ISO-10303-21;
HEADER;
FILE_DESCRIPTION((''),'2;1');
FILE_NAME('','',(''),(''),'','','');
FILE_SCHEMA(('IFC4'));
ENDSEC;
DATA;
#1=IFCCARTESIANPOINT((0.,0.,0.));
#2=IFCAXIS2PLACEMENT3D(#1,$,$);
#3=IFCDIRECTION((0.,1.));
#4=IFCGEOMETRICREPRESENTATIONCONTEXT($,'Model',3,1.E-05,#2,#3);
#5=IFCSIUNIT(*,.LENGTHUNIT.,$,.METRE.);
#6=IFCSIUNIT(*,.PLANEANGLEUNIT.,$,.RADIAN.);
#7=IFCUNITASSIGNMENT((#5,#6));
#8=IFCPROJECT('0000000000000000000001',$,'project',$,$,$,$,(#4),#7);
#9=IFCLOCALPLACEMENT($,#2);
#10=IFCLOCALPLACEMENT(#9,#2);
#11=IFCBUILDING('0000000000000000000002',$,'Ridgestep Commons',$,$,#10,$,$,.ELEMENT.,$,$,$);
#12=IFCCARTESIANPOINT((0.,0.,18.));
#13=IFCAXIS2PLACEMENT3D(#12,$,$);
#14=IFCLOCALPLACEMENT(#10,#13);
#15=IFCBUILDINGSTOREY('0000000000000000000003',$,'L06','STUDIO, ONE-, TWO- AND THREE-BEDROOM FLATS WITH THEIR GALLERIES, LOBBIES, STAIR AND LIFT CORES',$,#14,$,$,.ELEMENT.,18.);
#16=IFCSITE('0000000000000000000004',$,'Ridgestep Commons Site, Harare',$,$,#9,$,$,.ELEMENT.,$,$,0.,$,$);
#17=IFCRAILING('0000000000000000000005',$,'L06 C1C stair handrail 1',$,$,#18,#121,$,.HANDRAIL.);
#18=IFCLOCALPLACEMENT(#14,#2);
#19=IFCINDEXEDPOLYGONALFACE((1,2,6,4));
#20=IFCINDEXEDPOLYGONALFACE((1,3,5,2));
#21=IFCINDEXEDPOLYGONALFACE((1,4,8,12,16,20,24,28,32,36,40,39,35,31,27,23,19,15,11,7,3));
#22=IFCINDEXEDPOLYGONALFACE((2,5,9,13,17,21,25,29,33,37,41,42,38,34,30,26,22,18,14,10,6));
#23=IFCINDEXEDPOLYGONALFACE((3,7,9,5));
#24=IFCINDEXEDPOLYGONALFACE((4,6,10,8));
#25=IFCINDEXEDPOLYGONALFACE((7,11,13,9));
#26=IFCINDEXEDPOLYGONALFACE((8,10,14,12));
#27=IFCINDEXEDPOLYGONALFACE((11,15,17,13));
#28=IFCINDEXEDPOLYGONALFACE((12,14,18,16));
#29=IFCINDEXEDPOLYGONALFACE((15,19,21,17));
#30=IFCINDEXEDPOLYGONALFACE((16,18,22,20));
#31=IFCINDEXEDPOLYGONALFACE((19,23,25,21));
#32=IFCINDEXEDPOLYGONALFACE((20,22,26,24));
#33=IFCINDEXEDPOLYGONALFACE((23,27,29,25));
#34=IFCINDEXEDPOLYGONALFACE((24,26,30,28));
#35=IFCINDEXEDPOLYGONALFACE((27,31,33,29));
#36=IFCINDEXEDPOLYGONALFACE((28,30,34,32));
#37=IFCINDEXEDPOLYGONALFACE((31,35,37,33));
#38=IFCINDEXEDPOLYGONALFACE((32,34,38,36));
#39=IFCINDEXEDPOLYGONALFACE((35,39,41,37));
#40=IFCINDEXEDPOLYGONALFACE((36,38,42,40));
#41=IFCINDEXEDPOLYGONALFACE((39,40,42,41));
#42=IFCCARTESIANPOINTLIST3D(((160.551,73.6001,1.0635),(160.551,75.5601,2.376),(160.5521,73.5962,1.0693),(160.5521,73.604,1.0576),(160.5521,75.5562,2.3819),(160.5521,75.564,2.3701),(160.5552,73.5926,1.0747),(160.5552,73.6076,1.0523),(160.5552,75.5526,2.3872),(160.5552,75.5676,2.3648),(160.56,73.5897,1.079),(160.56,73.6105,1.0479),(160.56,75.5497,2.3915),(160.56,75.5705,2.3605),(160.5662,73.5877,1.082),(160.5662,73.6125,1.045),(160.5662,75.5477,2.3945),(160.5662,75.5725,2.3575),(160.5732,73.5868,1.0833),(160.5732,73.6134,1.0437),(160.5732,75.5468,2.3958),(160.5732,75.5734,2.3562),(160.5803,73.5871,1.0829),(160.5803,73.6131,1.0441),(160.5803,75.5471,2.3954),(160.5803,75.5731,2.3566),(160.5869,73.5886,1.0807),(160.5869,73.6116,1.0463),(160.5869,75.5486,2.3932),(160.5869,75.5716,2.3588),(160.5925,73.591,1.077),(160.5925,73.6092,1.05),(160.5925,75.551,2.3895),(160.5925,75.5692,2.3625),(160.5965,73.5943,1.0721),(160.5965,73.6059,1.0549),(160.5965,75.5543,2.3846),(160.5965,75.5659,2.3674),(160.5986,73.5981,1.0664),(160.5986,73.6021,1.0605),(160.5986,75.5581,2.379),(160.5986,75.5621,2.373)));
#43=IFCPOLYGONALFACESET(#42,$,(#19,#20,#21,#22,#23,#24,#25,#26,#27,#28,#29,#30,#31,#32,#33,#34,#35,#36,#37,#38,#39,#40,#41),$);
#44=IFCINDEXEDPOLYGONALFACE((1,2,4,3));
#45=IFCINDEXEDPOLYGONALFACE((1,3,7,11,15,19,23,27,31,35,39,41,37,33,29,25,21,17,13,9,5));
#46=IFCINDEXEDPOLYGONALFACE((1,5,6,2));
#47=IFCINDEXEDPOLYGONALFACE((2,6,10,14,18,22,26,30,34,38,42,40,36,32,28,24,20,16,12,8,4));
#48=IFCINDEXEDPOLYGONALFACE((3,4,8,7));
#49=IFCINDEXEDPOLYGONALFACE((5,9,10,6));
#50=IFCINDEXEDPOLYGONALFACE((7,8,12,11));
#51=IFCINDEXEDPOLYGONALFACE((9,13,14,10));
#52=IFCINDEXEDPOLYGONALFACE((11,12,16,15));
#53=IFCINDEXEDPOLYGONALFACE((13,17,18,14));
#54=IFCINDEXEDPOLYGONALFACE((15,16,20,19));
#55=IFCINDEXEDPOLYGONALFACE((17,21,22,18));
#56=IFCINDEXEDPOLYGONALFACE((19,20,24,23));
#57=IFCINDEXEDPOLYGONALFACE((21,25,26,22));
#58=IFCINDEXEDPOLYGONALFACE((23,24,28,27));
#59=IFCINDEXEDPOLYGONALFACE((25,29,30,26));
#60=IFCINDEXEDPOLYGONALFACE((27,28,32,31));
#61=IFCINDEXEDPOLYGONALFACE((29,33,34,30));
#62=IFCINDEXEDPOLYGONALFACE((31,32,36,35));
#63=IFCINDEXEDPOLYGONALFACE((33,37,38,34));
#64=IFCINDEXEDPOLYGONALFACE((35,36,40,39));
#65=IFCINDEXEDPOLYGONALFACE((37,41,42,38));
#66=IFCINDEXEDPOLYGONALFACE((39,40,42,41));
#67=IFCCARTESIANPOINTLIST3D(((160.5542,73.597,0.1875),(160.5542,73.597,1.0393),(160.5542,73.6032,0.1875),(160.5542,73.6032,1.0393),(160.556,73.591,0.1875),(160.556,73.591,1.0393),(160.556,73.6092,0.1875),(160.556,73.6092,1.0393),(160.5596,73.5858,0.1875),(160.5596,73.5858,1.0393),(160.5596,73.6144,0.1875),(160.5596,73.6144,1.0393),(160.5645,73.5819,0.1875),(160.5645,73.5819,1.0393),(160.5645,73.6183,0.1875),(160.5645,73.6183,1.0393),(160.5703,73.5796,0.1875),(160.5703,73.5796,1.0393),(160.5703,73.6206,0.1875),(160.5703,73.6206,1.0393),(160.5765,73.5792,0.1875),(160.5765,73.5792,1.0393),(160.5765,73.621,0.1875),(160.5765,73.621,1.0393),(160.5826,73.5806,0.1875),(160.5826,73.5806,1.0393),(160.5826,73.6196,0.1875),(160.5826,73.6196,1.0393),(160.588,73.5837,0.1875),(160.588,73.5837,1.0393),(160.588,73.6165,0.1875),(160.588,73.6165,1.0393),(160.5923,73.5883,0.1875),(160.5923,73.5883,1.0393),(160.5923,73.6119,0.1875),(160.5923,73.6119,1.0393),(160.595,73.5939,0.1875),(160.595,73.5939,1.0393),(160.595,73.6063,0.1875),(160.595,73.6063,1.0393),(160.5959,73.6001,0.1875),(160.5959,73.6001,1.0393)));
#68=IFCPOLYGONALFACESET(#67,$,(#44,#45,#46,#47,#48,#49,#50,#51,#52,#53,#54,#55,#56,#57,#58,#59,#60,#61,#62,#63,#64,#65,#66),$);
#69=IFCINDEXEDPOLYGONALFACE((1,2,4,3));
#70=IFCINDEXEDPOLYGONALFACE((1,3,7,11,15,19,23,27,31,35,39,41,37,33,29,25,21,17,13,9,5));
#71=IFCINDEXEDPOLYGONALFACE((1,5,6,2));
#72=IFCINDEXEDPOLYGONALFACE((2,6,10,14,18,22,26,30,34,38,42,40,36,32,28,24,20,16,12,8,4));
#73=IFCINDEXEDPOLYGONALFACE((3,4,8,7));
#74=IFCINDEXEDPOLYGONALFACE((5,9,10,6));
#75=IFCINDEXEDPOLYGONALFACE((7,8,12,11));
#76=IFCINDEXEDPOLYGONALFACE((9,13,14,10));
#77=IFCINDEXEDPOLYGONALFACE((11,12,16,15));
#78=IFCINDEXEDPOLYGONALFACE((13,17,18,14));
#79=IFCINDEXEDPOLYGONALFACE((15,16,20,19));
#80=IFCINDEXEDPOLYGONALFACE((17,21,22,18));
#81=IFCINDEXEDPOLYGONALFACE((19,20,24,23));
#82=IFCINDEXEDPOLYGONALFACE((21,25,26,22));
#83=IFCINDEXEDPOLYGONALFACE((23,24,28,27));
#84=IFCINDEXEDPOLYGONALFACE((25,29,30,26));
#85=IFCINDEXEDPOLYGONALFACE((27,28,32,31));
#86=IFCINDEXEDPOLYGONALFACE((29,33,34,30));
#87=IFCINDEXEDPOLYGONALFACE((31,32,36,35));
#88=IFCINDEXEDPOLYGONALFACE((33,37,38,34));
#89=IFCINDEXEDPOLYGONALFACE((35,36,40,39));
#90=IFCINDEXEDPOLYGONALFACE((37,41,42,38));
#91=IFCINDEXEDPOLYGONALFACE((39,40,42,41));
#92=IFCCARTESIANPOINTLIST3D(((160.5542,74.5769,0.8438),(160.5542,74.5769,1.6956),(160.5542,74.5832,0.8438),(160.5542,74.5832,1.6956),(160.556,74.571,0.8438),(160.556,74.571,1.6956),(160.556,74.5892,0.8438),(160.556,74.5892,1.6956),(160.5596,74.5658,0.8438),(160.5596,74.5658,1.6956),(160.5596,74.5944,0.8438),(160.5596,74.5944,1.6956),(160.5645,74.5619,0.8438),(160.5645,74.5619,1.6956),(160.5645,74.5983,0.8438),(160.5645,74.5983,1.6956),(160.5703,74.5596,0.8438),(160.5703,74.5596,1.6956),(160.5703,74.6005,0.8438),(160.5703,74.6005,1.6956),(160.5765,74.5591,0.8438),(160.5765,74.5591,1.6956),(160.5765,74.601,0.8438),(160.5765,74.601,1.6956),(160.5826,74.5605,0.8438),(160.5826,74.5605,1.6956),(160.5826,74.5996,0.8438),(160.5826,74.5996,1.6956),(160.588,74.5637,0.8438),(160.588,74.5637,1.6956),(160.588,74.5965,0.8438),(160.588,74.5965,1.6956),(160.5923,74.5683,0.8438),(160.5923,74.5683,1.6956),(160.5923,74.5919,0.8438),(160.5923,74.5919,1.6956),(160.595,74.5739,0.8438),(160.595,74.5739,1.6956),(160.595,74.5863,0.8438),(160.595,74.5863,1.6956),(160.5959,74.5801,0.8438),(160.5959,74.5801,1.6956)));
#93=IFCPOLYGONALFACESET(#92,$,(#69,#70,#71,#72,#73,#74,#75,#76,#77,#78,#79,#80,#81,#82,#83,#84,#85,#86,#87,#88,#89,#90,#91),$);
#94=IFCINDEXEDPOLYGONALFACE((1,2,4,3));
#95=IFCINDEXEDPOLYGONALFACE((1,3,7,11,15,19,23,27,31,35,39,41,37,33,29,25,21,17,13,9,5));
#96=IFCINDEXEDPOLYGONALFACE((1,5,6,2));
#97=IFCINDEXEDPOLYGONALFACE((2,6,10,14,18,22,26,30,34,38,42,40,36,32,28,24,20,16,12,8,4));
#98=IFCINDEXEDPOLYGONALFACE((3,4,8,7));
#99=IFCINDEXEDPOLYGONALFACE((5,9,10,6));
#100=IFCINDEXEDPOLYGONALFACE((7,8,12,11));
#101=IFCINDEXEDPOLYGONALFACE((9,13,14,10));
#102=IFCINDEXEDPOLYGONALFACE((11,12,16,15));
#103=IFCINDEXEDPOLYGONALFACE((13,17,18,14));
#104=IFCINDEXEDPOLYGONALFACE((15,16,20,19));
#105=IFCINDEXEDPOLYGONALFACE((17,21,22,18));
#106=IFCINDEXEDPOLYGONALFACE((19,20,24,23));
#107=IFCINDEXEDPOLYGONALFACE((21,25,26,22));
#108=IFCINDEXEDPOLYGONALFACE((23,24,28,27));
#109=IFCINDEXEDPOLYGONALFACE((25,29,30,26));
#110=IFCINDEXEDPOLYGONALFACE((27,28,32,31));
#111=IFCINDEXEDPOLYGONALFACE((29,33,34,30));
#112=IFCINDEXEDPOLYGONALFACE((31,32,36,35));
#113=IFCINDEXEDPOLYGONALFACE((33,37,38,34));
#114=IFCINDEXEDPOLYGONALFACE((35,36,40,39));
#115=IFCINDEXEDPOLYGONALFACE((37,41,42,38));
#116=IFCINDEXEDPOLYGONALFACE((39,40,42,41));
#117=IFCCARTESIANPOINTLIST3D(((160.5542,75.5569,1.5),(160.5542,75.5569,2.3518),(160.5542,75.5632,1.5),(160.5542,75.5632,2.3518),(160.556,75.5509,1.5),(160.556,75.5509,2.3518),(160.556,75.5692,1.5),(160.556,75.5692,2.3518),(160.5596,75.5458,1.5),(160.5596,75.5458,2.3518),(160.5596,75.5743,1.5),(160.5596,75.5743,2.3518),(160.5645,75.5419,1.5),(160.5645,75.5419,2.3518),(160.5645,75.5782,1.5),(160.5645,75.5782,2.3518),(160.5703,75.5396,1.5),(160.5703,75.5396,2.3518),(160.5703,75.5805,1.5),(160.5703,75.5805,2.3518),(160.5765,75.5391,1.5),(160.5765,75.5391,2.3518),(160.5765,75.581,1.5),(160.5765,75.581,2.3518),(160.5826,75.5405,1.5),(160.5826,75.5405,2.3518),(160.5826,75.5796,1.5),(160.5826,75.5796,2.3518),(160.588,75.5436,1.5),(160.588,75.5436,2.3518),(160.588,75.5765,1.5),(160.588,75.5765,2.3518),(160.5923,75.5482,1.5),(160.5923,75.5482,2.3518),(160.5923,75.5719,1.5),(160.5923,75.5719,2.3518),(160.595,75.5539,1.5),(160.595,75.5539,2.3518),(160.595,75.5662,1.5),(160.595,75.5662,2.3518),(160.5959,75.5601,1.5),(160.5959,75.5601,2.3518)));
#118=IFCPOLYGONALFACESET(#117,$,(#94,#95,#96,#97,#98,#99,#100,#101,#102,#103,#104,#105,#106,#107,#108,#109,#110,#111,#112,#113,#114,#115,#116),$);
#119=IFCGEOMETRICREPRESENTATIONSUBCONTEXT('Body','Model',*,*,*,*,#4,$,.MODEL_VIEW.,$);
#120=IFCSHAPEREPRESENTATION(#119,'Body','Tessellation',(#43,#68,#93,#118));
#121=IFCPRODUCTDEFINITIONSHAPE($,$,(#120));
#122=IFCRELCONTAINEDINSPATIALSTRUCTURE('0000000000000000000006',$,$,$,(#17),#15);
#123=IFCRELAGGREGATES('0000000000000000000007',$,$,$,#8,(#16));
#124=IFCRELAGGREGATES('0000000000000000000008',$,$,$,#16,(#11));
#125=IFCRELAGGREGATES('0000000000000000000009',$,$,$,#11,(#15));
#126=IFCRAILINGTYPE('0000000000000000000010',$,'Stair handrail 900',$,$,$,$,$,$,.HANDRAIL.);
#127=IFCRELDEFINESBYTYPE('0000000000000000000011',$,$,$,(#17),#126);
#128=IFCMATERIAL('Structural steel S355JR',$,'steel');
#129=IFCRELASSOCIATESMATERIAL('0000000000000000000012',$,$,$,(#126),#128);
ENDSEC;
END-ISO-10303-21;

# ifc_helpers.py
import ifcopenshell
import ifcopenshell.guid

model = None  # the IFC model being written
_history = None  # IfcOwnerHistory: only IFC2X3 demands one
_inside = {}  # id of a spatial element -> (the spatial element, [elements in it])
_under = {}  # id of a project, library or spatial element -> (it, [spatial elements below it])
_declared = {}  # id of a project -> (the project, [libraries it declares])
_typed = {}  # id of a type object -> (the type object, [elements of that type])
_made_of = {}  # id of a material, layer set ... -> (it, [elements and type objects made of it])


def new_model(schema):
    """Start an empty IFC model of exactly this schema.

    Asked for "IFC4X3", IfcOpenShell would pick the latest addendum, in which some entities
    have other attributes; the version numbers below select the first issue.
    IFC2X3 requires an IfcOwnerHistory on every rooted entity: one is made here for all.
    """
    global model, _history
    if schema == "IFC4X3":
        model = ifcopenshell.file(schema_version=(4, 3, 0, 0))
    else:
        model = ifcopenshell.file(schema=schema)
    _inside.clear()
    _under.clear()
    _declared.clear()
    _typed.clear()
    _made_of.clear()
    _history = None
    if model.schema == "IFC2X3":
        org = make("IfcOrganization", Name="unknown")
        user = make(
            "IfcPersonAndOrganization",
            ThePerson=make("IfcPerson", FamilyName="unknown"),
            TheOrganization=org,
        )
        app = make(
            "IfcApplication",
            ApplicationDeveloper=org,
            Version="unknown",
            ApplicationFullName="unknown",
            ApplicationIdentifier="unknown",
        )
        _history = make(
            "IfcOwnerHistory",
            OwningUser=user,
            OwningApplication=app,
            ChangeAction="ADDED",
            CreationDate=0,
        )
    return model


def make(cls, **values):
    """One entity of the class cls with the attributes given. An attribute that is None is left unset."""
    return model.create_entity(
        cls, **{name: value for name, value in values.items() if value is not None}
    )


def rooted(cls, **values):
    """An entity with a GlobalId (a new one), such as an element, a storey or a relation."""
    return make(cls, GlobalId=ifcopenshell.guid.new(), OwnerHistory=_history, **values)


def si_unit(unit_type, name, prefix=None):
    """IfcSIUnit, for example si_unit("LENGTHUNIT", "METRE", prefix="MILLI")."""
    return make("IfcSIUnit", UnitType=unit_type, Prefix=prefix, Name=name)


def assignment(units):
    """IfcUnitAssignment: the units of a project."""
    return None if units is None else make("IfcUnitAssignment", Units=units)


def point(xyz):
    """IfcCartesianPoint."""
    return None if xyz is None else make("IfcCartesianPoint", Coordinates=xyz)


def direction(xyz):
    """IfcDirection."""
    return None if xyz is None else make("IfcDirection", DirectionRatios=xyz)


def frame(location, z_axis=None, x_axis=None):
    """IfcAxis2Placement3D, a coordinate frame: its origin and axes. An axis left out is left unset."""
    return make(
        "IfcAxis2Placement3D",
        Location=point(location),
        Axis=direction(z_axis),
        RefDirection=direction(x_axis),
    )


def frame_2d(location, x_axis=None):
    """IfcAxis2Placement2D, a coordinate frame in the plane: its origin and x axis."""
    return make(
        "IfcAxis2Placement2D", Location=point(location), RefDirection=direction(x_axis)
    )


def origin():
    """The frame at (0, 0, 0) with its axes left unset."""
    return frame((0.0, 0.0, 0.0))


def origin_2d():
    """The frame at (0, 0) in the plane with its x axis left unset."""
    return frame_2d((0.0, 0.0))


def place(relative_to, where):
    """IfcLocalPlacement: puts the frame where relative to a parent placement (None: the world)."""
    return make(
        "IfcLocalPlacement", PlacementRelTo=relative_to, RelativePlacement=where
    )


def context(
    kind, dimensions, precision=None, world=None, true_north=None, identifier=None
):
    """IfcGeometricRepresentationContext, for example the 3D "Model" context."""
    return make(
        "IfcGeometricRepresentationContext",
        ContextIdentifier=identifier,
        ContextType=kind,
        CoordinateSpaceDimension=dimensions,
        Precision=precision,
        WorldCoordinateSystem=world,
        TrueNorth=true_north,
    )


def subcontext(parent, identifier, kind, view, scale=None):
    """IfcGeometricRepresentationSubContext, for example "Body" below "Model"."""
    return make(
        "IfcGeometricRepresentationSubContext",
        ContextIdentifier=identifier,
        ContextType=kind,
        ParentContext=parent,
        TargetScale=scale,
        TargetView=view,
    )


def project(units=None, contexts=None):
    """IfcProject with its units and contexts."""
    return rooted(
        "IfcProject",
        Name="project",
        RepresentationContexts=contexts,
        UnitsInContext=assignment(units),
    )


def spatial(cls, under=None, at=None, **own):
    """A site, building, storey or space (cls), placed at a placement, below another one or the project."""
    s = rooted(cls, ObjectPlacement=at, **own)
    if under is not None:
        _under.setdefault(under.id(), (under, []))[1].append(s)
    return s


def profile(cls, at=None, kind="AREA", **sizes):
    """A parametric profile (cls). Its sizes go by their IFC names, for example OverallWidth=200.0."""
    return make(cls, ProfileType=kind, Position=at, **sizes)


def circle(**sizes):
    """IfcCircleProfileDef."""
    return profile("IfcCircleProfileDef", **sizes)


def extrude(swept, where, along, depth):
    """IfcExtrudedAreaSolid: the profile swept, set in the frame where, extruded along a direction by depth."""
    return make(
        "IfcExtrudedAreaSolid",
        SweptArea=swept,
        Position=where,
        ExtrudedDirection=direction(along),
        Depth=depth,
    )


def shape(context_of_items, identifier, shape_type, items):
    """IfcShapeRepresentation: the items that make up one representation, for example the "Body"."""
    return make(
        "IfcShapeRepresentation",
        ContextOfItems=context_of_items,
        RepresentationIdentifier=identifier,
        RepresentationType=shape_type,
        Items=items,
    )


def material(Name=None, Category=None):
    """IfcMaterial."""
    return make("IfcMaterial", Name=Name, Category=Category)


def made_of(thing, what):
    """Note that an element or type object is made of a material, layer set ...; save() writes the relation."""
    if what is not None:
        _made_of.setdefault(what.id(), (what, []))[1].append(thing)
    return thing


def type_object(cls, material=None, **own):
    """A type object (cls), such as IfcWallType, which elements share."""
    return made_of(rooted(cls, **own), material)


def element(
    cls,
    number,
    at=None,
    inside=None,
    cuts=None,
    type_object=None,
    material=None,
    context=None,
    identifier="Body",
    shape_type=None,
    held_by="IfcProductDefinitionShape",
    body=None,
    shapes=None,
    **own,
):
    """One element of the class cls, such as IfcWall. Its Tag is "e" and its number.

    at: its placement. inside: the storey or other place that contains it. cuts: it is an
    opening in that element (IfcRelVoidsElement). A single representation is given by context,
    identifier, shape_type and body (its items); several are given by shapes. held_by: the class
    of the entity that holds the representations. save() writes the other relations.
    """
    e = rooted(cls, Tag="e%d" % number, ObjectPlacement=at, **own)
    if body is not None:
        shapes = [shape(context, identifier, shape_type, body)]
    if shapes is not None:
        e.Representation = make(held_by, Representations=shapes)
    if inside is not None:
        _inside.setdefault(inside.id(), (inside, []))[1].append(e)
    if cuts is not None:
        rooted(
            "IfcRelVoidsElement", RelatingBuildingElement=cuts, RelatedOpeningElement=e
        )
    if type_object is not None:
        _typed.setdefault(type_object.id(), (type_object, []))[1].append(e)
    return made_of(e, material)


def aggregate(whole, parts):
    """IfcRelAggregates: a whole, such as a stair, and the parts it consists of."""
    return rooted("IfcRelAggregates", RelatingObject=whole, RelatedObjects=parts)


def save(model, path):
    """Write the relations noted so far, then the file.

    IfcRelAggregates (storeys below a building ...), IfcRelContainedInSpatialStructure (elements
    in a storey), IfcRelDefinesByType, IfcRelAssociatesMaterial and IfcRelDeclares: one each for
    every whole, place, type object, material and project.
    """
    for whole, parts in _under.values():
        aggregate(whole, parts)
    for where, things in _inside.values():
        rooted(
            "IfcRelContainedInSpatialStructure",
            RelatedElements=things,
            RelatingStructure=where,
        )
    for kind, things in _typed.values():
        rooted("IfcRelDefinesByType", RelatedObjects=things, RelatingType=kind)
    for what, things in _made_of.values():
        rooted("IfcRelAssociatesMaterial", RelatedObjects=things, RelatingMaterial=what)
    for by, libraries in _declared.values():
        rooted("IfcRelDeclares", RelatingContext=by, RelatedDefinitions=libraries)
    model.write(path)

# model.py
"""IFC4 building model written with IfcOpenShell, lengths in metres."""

from ifc_helpers import new_model, si_unit, direction, frame, origin, origin_2d, place, context, subcontext, project, spatial, circle, extrude, material, type_object, element, save


model = new_model("IFC4")

# Units and contexts
model_context = context("Model", 3, precision=1e-05, world=origin(), true_north=direction((0.0, 1.0)))
body_context = subcontext(model_context, "Body", "Model", "MODEL_VIEW")
ifc_project = project(units=[si_unit("LENGTHUNIT", "METRE"), si_unit("PLANEANGLEUNIT", "RADIAN")], contexts=[model_context])

# Site, building, storey
site_placement = place(None, origin())
site = spatial("IfcSite", under=ifc_project, at=site_placement, Name="Ridgestep Commons Site, Harare", CompositionType="ELEMENT", RefElevation=0.0)
building_placement = place(site_placement, origin())
building = spatial("IfcBuilding", under=site, at=building_placement, Name="Ridgestep Commons", CompositionType="ELEMENT")
storey_placement = place(building_placement, frame((0.0, 0.0, 18.0)))
storey = spatial("IfcBuildingStorey", under=building, at=storey_placement, Name="L06", Description="STUDIO, ONE-, TWO- AND THREE-BEDROOM FLATS WITH THEIR GALLERIES, LOBBIES, STAIR AND LIFT CORES", CompositionType="ELEMENT", Elevation=18.0)

# Railing
ifc_material_1 = material(Name="Structural steel S355JR", Category="steel")
railing_type_1 = type_object("IfcRailingType", Name="Stair handrail 900", PredefinedType="HANDRAIL", material=ifc_material_1)
railing_1_placement = place(storey_placement, frame((160.575, 73.6001, 0.1875)))
element("IfcRailing", 1, at=railing_1_placement, inside=storey, type_object=railing_type_1, Name="L06 C1C stair handrail 1", PredefinedType="HANDRAIL", context=body_context, shape_type="SweptSolid", body=[
    extrude(circle(Radius=0.0239, at=origin_2d()), frame((0.0, 0.0, 0.876), z_axis=(0.0, 0.830902, 0.556419), x_axis=(-1.0, 0.0, 0.0)), (0.0, 0.0, 1.0), 2.3589),
    extrude(circle(Radius=0.021, at=origin_2d()), origin(), (0.0, 0.0, 1.0), 0.8518),
    extrude(circle(Radius=0.021, at=origin_2d()), frame((0.0, 0.98, 0.6562)), (0.0, 0.0, 1.0), 0.8518),
    extrude(circle(Radius=0.021, at=origin_2d()), frame((0.0, 1.96, 1.3125)), (0.0, 0.0, 1.0), 0.8518),
])

save(model, "model.ifc")
